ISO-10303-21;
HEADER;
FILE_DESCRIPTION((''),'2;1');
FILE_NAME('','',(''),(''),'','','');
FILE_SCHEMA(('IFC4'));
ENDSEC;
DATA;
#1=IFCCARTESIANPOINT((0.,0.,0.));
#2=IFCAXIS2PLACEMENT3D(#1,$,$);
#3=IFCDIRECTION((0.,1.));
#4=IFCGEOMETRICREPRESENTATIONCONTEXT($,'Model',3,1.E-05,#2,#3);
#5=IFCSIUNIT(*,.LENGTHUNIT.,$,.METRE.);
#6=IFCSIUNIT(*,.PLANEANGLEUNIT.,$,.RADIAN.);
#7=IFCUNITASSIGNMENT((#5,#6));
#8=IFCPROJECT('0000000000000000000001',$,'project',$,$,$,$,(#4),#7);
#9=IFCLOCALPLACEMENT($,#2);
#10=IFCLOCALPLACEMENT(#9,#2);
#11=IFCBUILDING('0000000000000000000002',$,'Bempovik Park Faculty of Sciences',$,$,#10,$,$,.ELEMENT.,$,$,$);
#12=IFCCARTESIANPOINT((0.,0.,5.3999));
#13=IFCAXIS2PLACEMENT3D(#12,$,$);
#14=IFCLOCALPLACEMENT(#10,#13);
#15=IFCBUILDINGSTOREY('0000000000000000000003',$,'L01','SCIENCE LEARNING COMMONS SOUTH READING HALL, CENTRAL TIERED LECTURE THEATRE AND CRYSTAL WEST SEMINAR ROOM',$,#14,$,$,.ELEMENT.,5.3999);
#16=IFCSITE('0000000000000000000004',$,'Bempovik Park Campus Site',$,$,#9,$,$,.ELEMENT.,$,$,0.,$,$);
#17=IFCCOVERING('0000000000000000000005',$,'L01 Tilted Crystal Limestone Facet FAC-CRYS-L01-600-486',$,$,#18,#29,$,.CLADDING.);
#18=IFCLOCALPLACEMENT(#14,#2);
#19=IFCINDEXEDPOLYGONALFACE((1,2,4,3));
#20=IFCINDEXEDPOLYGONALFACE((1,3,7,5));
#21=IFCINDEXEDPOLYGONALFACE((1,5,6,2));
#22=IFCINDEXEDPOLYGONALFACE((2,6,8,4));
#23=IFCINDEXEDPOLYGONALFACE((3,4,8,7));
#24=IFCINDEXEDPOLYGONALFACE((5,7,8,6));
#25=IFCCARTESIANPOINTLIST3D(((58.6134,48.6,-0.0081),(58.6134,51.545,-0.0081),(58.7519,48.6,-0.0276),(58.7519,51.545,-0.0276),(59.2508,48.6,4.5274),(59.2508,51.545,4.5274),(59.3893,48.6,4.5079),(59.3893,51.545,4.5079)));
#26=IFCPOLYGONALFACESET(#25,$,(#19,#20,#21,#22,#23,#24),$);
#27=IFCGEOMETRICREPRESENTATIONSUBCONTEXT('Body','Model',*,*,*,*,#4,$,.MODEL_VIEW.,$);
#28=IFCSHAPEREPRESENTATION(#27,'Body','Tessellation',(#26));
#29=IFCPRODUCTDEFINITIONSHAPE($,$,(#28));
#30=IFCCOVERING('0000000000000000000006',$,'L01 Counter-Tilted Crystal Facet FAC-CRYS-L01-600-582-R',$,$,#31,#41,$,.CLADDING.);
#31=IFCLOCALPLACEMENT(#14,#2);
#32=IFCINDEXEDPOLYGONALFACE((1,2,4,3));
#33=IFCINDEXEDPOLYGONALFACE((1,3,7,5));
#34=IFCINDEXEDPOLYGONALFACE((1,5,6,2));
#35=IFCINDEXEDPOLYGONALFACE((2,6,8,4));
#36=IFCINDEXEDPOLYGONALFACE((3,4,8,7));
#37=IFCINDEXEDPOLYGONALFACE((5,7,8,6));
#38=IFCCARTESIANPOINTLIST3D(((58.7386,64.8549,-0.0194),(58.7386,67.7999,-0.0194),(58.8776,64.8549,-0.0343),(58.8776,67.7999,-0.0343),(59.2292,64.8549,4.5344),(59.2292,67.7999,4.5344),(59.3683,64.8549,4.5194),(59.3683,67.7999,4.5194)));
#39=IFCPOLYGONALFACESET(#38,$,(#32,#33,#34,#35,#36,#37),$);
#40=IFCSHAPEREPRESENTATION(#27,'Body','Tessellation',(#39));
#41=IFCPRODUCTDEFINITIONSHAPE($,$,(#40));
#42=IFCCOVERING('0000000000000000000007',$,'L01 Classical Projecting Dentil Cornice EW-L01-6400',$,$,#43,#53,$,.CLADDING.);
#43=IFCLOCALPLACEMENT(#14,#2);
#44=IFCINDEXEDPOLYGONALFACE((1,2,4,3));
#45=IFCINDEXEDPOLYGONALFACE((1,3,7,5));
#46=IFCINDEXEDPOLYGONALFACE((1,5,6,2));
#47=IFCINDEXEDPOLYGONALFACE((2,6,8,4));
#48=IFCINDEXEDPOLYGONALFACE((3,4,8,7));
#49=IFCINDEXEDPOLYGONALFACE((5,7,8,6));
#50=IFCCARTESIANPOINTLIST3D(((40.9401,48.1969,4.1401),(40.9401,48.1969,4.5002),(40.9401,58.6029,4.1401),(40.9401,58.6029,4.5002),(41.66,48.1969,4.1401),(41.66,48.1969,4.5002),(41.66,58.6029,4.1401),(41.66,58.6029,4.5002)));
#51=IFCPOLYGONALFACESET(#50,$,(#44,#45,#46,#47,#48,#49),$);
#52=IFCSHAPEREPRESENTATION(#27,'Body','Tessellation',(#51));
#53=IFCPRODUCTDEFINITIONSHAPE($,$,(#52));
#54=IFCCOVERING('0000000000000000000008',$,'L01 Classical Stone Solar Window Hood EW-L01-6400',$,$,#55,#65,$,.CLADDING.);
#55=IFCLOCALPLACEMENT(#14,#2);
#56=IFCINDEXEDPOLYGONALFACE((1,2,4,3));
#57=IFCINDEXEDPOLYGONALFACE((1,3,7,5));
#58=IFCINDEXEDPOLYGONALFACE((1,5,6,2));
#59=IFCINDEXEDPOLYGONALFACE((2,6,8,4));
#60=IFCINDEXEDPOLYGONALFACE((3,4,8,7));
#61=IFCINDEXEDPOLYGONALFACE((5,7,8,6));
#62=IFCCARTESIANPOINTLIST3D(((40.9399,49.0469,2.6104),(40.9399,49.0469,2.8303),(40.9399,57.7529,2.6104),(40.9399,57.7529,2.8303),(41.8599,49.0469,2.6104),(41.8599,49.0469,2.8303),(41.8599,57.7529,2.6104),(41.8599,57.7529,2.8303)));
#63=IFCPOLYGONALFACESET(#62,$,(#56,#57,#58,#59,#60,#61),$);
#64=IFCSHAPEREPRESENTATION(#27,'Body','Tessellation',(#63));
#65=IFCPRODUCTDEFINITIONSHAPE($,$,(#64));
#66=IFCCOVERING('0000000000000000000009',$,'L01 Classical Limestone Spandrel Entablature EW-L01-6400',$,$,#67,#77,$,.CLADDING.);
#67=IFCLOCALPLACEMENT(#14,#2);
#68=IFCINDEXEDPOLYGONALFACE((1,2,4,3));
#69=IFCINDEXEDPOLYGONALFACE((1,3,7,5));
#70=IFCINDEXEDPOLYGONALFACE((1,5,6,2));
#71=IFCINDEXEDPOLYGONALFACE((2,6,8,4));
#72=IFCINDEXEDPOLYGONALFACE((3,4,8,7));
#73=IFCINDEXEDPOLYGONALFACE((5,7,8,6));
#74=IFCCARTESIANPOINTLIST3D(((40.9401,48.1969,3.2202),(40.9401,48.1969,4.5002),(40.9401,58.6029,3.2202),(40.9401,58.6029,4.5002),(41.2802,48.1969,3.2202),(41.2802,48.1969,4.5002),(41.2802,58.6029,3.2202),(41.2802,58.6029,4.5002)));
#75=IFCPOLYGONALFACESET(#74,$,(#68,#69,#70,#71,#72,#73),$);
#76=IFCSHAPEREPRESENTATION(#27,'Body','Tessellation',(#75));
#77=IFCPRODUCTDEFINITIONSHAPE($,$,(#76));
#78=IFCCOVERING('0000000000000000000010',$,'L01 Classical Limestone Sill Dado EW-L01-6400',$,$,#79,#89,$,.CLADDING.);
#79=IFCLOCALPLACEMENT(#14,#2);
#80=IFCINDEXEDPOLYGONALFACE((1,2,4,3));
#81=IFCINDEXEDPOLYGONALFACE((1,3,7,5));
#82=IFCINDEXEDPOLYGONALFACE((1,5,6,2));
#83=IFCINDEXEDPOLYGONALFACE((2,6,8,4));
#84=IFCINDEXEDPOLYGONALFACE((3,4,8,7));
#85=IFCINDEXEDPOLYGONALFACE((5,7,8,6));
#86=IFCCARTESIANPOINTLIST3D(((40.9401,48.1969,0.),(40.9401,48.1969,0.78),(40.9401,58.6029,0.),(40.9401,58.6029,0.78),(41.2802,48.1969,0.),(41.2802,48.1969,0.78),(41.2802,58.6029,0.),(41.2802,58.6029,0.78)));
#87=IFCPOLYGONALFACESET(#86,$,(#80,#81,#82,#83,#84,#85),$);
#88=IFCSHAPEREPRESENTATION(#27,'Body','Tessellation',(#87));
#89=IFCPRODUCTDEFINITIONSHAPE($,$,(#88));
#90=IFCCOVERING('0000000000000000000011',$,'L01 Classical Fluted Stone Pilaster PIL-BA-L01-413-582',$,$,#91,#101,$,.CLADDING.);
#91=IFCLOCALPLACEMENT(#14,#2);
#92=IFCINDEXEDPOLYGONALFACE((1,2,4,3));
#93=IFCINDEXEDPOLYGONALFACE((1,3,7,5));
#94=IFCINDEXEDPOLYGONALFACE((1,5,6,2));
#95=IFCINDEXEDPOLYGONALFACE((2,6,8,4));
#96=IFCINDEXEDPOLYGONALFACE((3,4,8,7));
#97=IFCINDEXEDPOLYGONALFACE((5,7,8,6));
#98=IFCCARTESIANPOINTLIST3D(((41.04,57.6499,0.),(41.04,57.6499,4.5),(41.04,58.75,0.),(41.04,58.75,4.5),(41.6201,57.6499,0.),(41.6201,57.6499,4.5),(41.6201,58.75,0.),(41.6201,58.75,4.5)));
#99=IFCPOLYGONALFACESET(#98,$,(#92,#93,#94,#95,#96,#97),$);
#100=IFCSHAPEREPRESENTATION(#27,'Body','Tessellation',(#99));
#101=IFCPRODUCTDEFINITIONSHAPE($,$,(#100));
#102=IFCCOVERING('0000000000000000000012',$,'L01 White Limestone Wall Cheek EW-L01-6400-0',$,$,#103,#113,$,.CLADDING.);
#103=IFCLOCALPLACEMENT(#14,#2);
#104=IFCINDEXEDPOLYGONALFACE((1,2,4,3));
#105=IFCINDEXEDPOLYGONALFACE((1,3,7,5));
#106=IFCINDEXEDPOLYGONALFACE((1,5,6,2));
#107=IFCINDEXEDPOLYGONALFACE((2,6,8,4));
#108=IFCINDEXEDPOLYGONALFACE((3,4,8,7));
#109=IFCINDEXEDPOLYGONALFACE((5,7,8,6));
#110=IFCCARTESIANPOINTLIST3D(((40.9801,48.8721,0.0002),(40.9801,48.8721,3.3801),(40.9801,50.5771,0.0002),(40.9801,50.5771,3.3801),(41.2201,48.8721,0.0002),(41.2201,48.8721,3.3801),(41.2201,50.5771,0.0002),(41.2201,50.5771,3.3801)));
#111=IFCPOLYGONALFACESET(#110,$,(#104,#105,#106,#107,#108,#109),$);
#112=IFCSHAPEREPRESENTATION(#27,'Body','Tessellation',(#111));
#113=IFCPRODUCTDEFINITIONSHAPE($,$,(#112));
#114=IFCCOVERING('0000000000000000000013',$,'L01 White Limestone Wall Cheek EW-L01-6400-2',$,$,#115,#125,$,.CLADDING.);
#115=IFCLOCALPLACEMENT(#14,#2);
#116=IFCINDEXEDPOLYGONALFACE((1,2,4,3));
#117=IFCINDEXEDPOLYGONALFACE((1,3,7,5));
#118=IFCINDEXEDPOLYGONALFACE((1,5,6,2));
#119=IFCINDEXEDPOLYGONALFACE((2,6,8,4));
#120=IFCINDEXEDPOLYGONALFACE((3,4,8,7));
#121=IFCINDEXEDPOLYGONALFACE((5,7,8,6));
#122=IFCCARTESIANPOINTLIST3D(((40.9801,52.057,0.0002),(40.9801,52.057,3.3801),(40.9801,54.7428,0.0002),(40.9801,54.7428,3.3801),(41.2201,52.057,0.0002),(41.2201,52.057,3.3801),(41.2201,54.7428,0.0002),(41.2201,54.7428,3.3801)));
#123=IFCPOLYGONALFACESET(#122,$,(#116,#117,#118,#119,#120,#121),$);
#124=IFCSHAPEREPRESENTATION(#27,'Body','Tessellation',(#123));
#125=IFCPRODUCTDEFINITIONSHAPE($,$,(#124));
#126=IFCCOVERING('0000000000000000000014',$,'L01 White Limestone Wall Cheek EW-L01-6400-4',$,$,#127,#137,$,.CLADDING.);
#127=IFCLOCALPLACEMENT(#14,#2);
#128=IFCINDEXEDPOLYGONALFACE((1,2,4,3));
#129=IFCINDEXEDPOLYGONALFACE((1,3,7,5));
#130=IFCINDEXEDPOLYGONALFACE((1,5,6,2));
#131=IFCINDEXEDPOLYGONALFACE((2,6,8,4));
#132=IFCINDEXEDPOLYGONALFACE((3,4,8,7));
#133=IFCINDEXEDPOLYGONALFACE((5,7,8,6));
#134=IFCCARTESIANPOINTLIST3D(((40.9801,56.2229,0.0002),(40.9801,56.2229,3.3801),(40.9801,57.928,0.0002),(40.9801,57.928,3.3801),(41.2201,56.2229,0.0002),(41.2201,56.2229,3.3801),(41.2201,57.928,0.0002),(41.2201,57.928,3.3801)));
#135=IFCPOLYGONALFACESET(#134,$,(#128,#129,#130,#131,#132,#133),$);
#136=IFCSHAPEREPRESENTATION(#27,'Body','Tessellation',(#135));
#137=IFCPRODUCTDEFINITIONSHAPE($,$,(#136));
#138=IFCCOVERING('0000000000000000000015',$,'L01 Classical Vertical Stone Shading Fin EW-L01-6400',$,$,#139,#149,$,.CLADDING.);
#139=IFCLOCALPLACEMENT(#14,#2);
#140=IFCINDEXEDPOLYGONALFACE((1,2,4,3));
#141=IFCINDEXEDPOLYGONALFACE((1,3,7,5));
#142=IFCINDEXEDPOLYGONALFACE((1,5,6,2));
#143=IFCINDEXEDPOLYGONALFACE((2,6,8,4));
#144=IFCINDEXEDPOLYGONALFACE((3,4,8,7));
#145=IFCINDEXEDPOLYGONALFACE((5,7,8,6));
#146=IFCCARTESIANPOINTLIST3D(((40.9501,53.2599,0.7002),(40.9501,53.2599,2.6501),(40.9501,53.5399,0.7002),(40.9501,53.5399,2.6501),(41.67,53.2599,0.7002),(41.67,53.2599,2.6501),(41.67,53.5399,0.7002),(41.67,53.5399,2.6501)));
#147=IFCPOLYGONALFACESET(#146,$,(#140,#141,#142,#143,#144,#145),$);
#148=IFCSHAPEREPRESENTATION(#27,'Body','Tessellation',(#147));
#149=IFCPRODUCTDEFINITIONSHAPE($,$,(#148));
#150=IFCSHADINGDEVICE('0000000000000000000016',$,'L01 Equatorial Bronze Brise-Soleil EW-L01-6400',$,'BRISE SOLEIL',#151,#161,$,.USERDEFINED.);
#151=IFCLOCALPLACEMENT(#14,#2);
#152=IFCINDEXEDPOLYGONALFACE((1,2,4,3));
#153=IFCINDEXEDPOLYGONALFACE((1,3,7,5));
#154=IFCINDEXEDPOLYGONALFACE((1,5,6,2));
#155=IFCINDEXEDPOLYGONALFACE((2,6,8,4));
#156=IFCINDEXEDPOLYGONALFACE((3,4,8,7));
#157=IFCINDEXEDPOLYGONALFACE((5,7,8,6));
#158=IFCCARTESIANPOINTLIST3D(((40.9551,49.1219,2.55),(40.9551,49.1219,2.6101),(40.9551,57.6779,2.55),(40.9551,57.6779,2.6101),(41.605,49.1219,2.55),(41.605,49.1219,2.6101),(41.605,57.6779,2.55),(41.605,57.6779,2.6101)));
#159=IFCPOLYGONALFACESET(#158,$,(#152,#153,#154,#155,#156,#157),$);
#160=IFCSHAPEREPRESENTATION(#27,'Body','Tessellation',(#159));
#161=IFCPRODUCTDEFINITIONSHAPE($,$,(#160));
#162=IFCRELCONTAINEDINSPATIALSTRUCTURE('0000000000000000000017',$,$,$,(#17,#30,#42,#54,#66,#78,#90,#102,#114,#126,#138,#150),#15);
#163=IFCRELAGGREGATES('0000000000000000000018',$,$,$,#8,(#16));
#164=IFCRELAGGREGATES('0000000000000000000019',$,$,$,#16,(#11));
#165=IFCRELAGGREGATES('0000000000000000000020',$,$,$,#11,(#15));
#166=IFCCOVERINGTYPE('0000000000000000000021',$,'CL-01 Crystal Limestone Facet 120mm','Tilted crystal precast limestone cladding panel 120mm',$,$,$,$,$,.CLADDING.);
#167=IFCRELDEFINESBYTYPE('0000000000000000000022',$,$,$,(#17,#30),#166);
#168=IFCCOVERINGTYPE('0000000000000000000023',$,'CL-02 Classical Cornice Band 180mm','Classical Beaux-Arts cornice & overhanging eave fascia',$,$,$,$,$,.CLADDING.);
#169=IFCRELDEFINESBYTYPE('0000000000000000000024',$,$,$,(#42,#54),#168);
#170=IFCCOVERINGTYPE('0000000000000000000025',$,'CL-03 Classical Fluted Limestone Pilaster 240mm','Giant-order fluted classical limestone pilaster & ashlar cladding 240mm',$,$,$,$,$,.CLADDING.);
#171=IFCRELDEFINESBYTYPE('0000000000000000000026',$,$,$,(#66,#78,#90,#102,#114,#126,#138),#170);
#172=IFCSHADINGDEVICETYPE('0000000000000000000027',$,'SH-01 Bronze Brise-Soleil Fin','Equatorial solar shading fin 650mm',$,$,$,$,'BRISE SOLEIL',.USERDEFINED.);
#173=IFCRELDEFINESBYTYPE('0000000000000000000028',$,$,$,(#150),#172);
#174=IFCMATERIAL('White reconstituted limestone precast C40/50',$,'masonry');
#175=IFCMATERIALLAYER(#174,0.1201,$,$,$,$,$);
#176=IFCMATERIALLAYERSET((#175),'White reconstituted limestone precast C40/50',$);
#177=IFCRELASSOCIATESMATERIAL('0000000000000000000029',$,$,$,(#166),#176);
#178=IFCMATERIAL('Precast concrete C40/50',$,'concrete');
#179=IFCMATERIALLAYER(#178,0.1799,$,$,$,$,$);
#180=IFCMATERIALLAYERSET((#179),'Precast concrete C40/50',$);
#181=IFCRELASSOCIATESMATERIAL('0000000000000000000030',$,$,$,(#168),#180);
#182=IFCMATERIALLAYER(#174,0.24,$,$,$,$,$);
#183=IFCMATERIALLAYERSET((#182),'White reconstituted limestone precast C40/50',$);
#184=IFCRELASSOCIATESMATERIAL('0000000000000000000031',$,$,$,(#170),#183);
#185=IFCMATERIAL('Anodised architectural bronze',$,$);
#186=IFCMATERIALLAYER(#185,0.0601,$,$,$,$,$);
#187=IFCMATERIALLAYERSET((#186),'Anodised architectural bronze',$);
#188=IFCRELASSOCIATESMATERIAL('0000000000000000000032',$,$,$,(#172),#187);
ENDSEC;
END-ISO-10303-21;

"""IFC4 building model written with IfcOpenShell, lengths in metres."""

from ifc_helpers import new_model, si_unit, direction, frame, origin, origin_2d, place, context, subcontext, project, spatial, rectangle, extrude, material, layer, layer_set, type_object, element, save


model = new_model("IFC4")

# Units and contexts
model_context = context("Model", 3, precision=1e-05, world=origin(), true_north=direction((0.0, 1.0)))
body_context = subcontext(model_context, "Body", "Model", "MODEL_VIEW")
ifc_project = project(units=[si_unit("LENGTHUNIT", "METRE"), si_unit("PLANEANGLEUNIT", "RADIAN")], contexts=[model_context])

# Site, building, storey
site_placement = place(None, origin())
site = spatial("IfcSite", under=ifc_project, at=site_placement, Name="Bempovik Park Campus Site", CompositionType="ELEMENT", RefElevation=0.0)
building_placement = place(site_placement, origin())
building = spatial("IfcBuilding", under=site, at=building_placement, Name="Bempovik Park Faculty of Sciences", CompositionType="ELEMENT")
storey_placement = place(building_placement, frame((0.0, 0.0, 5.3999)))
storey = spatial("IfcBuildingStorey", under=building, at=storey_placement, Name="L01", Description="SCIENCE LEARNING COMMONS SOUTH READING HALL, CENTRAL TIERED LECTURE THEATRE AND CRYSTAL WEST SEMINAR ROOM", CompositionType="ELEMENT", Elevation=5.3999)

# Shared definitions
ifc_material_1 = material(Name="Anodised architectural bronze")

# Coverings
ifc_material_2 = material(Name="White reconstituted limestone precast C40/50", Category="masonry")
ifc_layer_1 = layer(ifc_material_2, 0.1201)
ifc_layer_set_1 = layer_set([ifc_layer_1], Name="White reconstituted limestone precast C40/50")
covering_type_1 = type_object("IfcCoveringType", Name="CL-01 Crystal Limestone Facet 120mm", Description="Tilted crystal precast limestone cladding panel 120mm", PredefinedType="CLADDING", material=ifc_layer_set_1)
for number, where, z_axis, x_axis, name in (
    (1, (58.6826, 50.0725, -0.0178), (0.139173, 0.0, 0.990268), (0.0, 1.0, 0.0), "L01 Tilted Crystal Limestone Facet FAC-CRYS-L01-600-486"),
    (2, (58.8081, 66.3274, -0.0269), (0.107132, 0.0, 0.994245), (0.0, 1.0, 0.0), "L01 Counter-Tilted Crystal Facet FAC-CRYS-L01-600-582-R"),
):
    element("IfcCovering", number, at=place(storey_placement, frame(where, z_axis=z_axis, x_axis=x_axis)), inside=storey, type_object=covering_type_1, Name=name, PredefinedType="CLADDING", context=body_context, shape_type="SweptSolid", body=[
        extrude(rectangle(XDim=2.9451, YDim=0.1399, at=origin_2d()), origin(), (0.0, 0.0, 1.0), 4.5801),
    ])
ifc_material_3 = material(Name="Precast concrete C40/50", Category="concrete")
ifc_layer_2 = layer(ifc_material_3, 0.1799)
ifc_layer_set_2 = layer_set([ifc_layer_2], Name="Precast concrete C40/50")
covering_type_2 = type_object("IfcCoveringType", Name="CL-02 Classical Cornice Band 180mm", Description="Classical Beaux-Arts cornice & overhanging eave fascia", PredefinedType="CLADDING", material=ifc_layer_set_2)
covering_1_placement = place(storey_placement, frame((41.3, 53.3999, 4.1401), z_axis=(0.0, 0.0, 1.0), x_axis=(1.0, 0.0, 0.0)))
element("IfcCovering", 3, at=covering_1_placement, inside=storey, type_object=covering_type_2, Name="L01 Classical Projecting Dentil Cornice EW-L01-6400", PredefinedType="CLADDING", context=body_context, shape_type="SweptSolid", body=[
    extrude(rectangle(XDim=0.72, YDim=10.406, at=origin_2d()), origin(), (0.0, 0.0, 1.0), 0.3601),
])
covering_2_placement = place(storey_placement, frame((41.3999, 53.3999, 2.6104), z_axis=(0.0, 0.0, 1.0), x_axis=(1.0, 0.0, 0.0)))
element("IfcCovering", 4, at=covering_2_placement, inside=storey, type_object=covering_type_2, Name="L01 Classical Stone Solar Window Hood EW-L01-6400", PredefinedType="CLADDING", context=body_context, shape_type="SweptSolid", body=[
    extrude(rectangle(XDim=0.9199, YDim=8.7061, at=origin_2d()), origin(), (0.0, 0.0, 1.0), 0.22),
])
ifc_layer_3 = layer(ifc_material_2, 0.24)
ifc_layer_set_3 = layer_set([ifc_layer_3], Name="White reconstituted limestone precast C40/50")
covering_type_3 = type_object("IfcCoveringType", Name="CL-03 Classical Fluted Limestone Pilaster 240mm", Description="Giant-order fluted classical limestone pilaster & ashlar cladding 240mm", PredefinedType="CLADDING", material=ifc_layer_set_3)
covering_3_placement = place(storey_placement, frame((41.1101, 53.3999, 3.2202), z_axis=(0.0, 0.0, 1.0), x_axis=(1.0, 0.0, 0.0)))
element("IfcCovering", 5, at=covering_3_placement, inside=storey, type_object=covering_type_3, Name="L01 Classical Limestone Spandrel Entablature EW-L01-6400", PredefinedType="CLADDING", context=body_context, shape_type="SweptSolid", body=[
    extrude(rectangle(XDim=0.3401, YDim=10.406, at=origin_2d()), origin(), (0.0, 0.0, 1.0), 1.28),
])
covering_4_placement = place(storey_placement, frame((41.1101, 53.3999, 0.0), z_axis=(0.0, 0.0, 1.0), x_axis=(1.0, 0.0, 0.0)))
element("IfcCovering", 6, at=covering_4_placement, inside=storey, type_object=covering_type_3, Name="L01 Classical Limestone Sill Dado EW-L01-6400", PredefinedType="CLADDING", context=body_context, shape_type="SweptSolid", body=[
    extrude(rectangle(XDim=0.3401, YDim=10.406, at=origin_2d()), origin(), (0.0, 0.0, 1.0), 0.78),
])
covering_5_placement = place(storey_placement, frame((41.3301, 58.2, 0.0), z_axis=(0.0, 0.0, 1.0), x_axis=(1.0, 0.0, 0.0)))
element("IfcCovering", 7, at=covering_5_placement, inside=storey, type_object=covering_type_3, Name="L01 Classical Fluted Stone Pilaster PIL-BA-L01-413-582", PredefinedType="CLADDING", context=body_context, shape_type="SweptSolid", body=[
    extrude(rectangle(XDim=0.5801, YDim=1.1001, at=origin_2d()), origin(), (0.0, 0.0, 1.0), 4.5),
])
covering_6_placement = place(storey_placement, frame((41.1001, 49.7246, 0.0002), z_axis=(0.0, 0.0, 1.0), x_axis=(1.0, 0.0, 0.0)))
element("IfcCovering", 8, at=covering_6_placement, inside=storey, type_object=covering_type_3, Name="L01 White Limestone Wall Cheek EW-L01-6400-0", PredefinedType="CLADDING", context=body_context, shape_type="SweptSolid", body=[
    extrude(rectangle(XDim=0.24, YDim=1.7051, at=origin_2d()), origin(), (0.0, 0.0, 1.0), 3.3799),
])
covering_7_placement = place(storey_placement, frame((41.1001, 53.3999, 0.0002), z_axis=(0.0, 0.0, 1.0), x_axis=(1.0, 0.0, 0.0)))
element("IfcCovering", 9, at=covering_7_placement, inside=storey, type_object=covering_type_3, Name="L01 White Limestone Wall Cheek EW-L01-6400-2", PredefinedType="CLADDING", context=body_context, shape_type="SweptSolid", body=[
    extrude(rectangle(XDim=0.24, YDim=2.6858, at=origin_2d()), origin(), (0.0, 0.0, 1.0), 3.3799),
])
covering_8_placement = place(storey_placement, frame((41.1001, 57.0754, 0.0002), z_axis=(0.0, 0.0, 1.0), x_axis=(1.0, 0.0, 0.0)))
element("IfcCovering", 10, at=covering_8_placement, inside=storey, type_object=covering_type_3, Name="L01 White Limestone Wall Cheek EW-L01-6400-4", PredefinedType="CLADDING", context=body_context, shape_type="SweptSolid", body=[
    extrude(rectangle(XDim=0.24, YDim=1.7051, at=origin_2d()), origin(), (0.0, 0.0, 1.0), 3.3799),
])
covering_9_placement = place(storey_placement, frame((41.3101, 53.3999, 0.7002), z_axis=(0.0, 0.0, 1.0), x_axis=(1.0, 0.0, 0.0)))
element("IfcCovering", 11, at=covering_9_placement, inside=storey, type_object=covering_type_3, Name="L01 Classical Vertical Stone Shading Fin EW-L01-6400", PredefinedType="CLADDING", context=body_context, shape_type="SweptSolid", body=[
    extrude(rectangle(XDim=0.72, YDim=0.28, at=origin_2d()), origin(), (0.0, 0.0, 1.0), 1.95),
])

# Shading device
ifc_layer_4 = layer(ifc_material_1, 0.0601)
ifc_layer_set_4 = layer_set([ifc_layer_4], Name="Anodised architectural bronze")
shading_device_type = type_object("IfcShadingDeviceType", Name="SH-01 Bronze Brise-Soleil Fin", Description="Equatorial solar shading fin 650mm", ElementType="BRISE SOLEIL", PredefinedType="USERDEFINED", material=ifc_layer_set_4)
shading_device_placement = place(storey_placement, frame((41.28, 53.3999, 2.55), z_axis=(0.0, 0.0, 1.0), x_axis=(1.0, 0.0, 0.0)))
element("IfcShadingDevice", 12, at=shading_device_placement, inside=storey, type_object=shading_device_type, Name="L01 Equatorial Bronze Brise-Soleil EW-L01-6400", ObjectType="BRISE SOLEIL", PredefinedType="USERDEFINED", context=body_context, shape_type="SweptSolid", body=[
    extrude(rectangle(XDim=0.6499, YDim=8.5559, at=origin_2d()), origin(), (0.0, 0.0, 1.0), 0.0601),
])

save(model, "model.ifc")
